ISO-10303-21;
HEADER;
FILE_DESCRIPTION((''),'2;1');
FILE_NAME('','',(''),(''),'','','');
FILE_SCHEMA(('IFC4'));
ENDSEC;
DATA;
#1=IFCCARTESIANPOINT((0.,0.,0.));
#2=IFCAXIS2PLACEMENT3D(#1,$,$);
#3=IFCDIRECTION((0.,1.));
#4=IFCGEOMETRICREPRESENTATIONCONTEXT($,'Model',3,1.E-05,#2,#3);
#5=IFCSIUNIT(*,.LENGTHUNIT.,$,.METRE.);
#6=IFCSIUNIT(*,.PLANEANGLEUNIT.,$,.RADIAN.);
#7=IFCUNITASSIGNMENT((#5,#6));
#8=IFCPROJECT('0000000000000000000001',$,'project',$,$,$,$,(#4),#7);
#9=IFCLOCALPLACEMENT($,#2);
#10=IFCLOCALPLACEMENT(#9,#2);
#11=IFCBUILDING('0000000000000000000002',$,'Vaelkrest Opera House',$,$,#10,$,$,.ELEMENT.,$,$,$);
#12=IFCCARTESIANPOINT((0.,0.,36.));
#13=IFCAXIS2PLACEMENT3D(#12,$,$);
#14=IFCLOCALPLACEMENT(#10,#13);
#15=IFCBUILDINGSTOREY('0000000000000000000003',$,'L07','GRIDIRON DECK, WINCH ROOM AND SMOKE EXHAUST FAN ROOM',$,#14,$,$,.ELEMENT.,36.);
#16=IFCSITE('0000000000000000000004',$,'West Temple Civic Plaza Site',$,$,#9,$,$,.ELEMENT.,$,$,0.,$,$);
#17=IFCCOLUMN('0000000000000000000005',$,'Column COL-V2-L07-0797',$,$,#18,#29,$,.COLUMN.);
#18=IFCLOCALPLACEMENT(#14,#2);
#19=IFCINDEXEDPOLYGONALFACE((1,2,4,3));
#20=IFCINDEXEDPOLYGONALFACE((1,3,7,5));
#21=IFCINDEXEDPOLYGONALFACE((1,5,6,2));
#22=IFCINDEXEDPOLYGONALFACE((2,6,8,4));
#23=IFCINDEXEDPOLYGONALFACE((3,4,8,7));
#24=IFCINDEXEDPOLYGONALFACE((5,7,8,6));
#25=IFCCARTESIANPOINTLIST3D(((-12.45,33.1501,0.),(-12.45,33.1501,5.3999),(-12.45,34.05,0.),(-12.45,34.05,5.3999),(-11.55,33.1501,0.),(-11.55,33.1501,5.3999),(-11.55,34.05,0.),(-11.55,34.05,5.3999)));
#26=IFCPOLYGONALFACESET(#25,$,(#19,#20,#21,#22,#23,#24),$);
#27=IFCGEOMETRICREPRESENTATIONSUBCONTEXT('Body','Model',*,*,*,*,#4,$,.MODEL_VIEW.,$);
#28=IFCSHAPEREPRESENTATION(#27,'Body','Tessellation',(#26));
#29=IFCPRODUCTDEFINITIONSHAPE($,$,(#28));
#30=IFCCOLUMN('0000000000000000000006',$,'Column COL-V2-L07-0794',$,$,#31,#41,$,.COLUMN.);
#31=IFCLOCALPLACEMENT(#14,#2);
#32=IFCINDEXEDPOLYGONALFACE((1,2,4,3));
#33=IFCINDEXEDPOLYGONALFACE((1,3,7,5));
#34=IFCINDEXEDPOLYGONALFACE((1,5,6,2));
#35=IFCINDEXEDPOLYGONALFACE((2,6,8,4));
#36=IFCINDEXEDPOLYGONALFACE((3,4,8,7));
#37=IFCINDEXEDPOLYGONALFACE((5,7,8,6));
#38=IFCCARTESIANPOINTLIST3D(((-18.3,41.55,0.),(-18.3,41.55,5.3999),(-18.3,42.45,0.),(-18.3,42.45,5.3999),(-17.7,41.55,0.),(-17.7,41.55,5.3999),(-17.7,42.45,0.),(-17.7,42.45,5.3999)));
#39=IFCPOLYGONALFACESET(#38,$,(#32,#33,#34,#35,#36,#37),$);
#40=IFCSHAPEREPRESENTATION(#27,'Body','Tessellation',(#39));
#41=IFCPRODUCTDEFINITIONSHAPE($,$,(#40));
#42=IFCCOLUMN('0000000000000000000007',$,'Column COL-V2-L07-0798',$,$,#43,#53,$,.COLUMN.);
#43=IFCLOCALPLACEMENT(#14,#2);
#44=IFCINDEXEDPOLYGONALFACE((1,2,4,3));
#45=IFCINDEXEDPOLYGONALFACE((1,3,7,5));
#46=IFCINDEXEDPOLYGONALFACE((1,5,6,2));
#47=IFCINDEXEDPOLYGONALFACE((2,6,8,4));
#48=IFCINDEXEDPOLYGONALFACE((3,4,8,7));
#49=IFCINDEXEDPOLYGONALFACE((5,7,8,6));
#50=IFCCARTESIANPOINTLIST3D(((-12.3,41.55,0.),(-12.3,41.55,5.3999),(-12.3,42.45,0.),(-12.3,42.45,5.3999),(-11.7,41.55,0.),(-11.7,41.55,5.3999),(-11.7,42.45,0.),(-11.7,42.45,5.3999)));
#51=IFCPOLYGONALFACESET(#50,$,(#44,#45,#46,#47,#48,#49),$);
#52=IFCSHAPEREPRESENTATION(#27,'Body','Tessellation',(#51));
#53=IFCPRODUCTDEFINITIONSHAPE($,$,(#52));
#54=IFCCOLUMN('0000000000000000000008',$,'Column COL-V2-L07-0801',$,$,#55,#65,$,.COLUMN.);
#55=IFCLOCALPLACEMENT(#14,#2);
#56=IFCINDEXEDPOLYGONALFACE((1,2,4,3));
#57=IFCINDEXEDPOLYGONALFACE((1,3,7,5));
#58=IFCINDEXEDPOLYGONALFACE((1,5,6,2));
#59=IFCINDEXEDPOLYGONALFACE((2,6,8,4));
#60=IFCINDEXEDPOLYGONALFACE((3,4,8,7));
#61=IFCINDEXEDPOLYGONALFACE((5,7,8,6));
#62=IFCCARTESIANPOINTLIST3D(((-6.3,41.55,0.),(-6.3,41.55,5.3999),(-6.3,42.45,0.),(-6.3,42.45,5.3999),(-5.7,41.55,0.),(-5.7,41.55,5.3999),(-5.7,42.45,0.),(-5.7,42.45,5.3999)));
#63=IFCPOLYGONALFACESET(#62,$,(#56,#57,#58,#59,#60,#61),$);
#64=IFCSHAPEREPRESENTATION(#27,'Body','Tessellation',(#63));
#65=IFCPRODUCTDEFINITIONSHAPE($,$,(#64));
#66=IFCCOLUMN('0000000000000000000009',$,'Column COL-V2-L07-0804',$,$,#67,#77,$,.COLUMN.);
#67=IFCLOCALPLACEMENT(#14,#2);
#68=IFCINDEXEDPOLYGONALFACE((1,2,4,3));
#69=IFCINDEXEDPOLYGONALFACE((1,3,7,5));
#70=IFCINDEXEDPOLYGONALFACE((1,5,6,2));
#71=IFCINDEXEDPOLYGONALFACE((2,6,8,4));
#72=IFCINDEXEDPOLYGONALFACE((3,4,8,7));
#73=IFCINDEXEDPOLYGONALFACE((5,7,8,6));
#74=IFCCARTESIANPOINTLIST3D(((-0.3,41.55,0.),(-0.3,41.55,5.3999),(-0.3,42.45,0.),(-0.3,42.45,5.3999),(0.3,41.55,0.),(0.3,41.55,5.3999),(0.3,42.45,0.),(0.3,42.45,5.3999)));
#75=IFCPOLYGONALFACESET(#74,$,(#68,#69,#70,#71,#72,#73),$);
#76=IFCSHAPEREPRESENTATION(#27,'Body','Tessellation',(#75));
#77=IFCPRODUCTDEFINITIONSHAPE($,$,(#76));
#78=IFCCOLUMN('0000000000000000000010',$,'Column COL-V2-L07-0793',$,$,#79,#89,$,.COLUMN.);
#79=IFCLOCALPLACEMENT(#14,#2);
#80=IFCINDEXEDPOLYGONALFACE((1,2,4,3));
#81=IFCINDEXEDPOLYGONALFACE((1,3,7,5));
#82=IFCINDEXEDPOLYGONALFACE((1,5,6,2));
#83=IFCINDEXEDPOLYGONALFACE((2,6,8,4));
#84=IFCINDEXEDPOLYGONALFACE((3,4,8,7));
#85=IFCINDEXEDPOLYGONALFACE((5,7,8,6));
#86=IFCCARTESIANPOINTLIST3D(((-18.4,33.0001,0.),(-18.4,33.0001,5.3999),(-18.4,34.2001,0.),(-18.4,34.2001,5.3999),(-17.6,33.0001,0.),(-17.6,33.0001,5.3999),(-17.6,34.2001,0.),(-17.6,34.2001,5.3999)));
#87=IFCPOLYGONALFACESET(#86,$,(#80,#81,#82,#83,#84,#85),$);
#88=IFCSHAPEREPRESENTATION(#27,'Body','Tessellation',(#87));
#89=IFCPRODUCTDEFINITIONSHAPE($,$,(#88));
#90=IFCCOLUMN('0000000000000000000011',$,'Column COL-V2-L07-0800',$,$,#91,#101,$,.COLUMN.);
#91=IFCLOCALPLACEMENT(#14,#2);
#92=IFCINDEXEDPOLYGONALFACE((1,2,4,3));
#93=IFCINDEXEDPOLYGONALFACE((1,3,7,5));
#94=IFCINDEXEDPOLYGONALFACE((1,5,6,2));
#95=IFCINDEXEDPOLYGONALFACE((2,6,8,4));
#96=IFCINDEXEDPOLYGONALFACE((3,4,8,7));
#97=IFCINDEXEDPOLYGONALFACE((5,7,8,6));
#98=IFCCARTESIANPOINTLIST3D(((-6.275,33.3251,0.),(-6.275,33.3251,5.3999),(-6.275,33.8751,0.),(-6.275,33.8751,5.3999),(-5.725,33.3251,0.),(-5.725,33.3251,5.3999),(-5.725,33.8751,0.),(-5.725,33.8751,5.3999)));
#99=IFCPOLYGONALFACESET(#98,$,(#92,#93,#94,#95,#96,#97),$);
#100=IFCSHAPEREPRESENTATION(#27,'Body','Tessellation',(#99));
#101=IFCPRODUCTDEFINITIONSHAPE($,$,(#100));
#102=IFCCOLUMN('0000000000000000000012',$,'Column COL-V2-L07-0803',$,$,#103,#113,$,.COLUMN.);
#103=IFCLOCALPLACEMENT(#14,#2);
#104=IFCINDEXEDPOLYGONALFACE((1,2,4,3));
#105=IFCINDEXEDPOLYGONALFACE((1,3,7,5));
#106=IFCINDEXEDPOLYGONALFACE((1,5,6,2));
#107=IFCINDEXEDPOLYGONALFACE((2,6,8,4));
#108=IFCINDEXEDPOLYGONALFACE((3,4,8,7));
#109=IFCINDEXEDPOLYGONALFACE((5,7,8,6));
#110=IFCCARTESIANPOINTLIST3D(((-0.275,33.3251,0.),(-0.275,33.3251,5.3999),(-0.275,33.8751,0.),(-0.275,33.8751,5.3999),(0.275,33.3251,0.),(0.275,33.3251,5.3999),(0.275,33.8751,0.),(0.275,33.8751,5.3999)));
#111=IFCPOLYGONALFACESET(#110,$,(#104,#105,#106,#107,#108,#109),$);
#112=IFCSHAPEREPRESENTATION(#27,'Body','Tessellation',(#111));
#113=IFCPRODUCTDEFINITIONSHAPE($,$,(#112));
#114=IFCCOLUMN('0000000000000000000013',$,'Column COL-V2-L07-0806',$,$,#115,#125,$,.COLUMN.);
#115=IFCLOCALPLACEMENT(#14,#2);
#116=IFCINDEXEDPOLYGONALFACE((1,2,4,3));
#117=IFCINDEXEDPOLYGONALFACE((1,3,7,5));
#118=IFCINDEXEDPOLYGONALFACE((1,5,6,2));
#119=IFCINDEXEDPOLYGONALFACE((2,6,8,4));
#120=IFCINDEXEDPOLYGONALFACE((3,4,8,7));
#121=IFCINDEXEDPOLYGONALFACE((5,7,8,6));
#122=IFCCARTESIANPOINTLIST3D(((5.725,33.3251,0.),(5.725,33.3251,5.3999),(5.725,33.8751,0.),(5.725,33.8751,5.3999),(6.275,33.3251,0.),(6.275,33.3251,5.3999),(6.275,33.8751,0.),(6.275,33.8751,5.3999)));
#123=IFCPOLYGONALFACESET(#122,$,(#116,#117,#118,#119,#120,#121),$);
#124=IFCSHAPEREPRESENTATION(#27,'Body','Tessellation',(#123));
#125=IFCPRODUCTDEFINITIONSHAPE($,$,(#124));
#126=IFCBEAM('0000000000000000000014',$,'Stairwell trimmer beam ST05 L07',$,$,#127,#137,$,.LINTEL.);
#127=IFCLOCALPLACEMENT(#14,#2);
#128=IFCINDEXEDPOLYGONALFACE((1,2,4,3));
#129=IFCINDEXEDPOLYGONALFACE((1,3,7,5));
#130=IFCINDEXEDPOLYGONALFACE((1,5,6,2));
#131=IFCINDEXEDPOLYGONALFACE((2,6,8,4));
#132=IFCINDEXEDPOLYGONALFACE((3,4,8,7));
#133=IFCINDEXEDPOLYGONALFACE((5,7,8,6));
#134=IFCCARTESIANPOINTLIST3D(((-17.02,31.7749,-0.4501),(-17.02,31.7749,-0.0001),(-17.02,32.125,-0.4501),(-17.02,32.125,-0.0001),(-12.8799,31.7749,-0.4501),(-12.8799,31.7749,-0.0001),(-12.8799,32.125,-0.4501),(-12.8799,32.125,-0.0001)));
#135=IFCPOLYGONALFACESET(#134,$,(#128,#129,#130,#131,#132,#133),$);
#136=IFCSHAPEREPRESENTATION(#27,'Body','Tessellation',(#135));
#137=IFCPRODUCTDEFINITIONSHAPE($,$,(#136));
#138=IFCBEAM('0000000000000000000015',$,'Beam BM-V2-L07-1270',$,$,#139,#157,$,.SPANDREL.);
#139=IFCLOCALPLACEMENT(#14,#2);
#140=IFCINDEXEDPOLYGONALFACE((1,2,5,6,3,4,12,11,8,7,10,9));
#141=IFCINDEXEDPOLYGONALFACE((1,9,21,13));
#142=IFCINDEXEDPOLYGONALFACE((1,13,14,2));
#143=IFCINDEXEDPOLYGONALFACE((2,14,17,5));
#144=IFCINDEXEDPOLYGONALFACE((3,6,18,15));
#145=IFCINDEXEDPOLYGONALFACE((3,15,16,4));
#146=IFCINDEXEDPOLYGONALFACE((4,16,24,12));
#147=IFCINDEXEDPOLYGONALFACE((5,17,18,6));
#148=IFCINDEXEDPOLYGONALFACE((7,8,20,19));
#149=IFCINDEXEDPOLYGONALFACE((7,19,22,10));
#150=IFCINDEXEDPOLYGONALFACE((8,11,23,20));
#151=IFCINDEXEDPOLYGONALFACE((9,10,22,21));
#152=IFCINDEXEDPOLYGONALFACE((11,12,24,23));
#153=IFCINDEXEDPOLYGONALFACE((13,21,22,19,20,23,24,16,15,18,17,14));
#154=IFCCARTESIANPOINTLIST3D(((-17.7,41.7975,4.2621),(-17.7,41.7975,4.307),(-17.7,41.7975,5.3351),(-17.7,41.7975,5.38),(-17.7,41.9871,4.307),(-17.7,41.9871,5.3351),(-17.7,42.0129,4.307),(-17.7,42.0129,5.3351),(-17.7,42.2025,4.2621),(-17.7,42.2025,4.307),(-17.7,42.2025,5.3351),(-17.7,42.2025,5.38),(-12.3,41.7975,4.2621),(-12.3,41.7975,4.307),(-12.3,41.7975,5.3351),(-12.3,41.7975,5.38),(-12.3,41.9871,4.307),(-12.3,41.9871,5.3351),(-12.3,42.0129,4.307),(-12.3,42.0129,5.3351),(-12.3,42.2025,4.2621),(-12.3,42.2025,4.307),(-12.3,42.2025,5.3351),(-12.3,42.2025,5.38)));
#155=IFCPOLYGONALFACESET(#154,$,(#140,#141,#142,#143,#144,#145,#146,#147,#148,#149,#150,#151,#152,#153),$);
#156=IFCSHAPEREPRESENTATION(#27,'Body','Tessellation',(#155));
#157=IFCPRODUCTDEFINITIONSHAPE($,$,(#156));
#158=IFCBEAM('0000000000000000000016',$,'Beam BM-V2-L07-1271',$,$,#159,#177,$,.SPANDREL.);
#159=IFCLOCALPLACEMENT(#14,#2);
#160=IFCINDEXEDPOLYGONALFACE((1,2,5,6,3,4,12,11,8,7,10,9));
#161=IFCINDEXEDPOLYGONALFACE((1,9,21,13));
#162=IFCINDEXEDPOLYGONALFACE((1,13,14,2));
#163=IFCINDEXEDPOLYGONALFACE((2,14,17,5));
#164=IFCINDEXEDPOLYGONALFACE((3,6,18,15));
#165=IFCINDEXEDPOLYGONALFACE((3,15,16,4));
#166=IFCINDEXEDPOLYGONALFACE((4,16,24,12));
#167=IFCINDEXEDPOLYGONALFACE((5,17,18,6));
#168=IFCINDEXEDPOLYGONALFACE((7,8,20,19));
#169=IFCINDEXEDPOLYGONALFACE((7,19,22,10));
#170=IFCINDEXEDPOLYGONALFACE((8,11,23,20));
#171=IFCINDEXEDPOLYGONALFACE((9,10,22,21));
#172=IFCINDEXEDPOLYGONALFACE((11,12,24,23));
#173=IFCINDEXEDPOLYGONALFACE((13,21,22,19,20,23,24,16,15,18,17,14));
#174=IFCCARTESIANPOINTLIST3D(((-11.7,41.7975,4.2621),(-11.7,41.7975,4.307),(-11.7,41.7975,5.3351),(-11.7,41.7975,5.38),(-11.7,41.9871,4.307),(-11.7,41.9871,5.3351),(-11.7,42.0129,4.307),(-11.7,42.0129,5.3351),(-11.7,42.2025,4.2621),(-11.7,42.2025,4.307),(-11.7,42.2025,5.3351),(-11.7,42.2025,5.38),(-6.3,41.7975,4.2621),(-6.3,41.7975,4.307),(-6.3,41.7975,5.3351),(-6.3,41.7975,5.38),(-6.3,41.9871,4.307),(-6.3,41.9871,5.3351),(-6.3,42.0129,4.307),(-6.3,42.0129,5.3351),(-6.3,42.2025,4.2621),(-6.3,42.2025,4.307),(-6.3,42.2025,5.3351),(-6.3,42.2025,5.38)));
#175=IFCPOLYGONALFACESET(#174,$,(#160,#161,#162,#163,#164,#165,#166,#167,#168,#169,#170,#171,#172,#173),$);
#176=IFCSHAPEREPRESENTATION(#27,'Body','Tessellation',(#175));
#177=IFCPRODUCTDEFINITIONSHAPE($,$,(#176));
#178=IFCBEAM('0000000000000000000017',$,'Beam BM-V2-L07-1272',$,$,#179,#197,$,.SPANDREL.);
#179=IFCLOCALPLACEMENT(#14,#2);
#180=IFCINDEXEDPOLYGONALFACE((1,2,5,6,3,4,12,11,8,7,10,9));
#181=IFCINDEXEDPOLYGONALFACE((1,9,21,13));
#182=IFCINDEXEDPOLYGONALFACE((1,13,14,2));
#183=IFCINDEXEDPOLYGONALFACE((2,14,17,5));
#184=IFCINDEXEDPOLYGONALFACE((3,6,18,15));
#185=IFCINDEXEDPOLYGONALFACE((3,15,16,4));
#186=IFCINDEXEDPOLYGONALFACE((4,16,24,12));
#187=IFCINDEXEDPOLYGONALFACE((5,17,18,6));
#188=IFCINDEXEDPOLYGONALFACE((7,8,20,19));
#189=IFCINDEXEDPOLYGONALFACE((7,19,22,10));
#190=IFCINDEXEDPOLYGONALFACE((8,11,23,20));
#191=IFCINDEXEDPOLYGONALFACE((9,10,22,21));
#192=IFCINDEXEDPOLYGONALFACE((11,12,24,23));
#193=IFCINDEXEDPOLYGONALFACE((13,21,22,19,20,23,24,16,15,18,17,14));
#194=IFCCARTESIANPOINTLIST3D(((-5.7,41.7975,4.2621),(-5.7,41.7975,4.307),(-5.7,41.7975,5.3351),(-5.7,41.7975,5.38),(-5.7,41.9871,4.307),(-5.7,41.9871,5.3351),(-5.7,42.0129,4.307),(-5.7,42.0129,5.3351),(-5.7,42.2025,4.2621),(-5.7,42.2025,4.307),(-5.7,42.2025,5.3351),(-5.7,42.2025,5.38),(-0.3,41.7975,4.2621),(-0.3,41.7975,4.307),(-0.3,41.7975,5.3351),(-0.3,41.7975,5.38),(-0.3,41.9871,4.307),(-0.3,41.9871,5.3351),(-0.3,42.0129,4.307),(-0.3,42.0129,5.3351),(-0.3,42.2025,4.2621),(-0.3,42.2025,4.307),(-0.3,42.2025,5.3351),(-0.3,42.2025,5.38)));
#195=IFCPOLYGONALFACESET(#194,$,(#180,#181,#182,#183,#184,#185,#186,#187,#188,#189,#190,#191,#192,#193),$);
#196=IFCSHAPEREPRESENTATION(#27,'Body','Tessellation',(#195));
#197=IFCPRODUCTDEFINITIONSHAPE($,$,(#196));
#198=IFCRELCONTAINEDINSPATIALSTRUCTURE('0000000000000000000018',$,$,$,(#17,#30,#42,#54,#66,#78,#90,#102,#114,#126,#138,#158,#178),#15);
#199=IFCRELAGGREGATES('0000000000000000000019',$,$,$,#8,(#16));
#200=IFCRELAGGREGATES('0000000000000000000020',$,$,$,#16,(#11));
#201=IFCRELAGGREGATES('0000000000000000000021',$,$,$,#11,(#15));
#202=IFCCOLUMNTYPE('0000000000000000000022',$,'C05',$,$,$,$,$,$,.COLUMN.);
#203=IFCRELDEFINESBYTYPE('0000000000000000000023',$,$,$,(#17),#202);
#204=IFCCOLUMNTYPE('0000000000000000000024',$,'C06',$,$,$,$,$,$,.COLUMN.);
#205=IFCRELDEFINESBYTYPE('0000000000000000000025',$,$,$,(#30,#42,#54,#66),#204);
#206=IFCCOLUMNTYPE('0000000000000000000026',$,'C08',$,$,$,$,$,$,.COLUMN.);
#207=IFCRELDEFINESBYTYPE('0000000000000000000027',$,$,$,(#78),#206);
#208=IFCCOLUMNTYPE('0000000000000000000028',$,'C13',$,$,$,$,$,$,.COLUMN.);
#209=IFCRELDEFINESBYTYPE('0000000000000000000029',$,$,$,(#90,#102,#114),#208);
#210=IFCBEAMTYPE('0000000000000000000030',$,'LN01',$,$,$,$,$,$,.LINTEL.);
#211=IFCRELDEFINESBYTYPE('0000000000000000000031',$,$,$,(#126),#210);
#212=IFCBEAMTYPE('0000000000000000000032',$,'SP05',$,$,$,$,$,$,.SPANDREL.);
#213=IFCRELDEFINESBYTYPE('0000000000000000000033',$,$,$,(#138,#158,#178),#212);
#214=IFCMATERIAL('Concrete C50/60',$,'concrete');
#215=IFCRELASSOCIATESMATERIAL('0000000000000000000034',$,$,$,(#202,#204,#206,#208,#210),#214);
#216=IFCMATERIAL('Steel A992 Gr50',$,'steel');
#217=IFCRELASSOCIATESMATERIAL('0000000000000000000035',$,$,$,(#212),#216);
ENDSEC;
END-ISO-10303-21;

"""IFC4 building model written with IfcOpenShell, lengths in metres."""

from ifc_helpers import new_model, si_unit, direction, frame, origin, origin_2d, place, context, subcontext, project, spatial, rectangle, i_section, extrude, material, material_profile, profile_set, type_object, element, save


model = new_model("IFC4")

# Units and contexts
model_context = context("Model", 3, precision=1e-05, world=origin(), true_north=direction((0.0, 1.0)))
body_context = subcontext(model_context, "Body", "Model", "MODEL_VIEW")
ifc_project = project(units=[si_unit("LENGTHUNIT", "METRE"), si_unit("PLANEANGLEUNIT", "RADIAN")], contexts=[model_context])

# Site, building, storey
site_placement = place(None, origin())
site = spatial("IfcSite", under=ifc_project, at=site_placement, Name="West Temple Civic Plaza Site", CompositionType="ELEMENT", RefElevation=0.0)
building_placement = place(site_placement, origin())
building = spatial("IfcBuilding", under=site, at=building_placement, Name="Vaelkrest Opera House", CompositionType="ELEMENT")
storey_placement = place(building_placement, frame((0.0, 0.0, 36.0)))
storey = spatial("IfcBuildingStorey", under=building, at=storey_placement, Name="L07", Description="GRIDIRON DECK, WINCH ROOM AND SMOKE EXHAUST FAN ROOM", CompositionType="ELEMENT", Elevation=36.0)

# Columns
ifc_material_1 = material(Name="Concrete C50/60", Category="concrete")
ifc_material_profile_1 = material_profile(ifc_material_1, rectangle(XDim=0.8999, YDim=0.8999, at=origin_2d()), Name="RC900X900")
ifc_profile_set_1 = profile_set([ifc_material_profile_1], Name="Concrete C50/60")
column_type_1 = type_object("IfcColumnType", Name="C05", PredefinedType="COLUMN", material=ifc_profile_set_1)
column_1_placement = place(storey_placement, frame((-12.0, 33.6001, 0.0), z_axis=(0.0, 0.0, 1.0), x_axis=(1.0, 0.0, 0.0)))
element("IfcColumn", 1, at=column_1_placement, inside=storey, type_object=column_type_1, Name="Column COL-V2-L07-0797", PredefinedType="COLUMN", context=body_context, shape_type="SweptSolid", body=[
    extrude(rectangle(XDim=0.8999, YDim=0.8999, at=origin_2d()), origin(), (0.0, 0.0, 1.0), 5.3999),
])
ifc_material_profile_2 = material_profile(ifc_material_1, rectangle(XDim=0.6001, YDim=0.8999, at=origin_2d()), Name="RC600X900")
ifc_profile_set_2 = profile_set([ifc_material_profile_2], Name="Concrete C50/60")
column_type_2 = type_object("IfcColumnType", Name="C06", PredefinedType="COLUMN", material=ifc_profile_set_2)
for number, where, z_axis, x_axis, name in (
    (2, (-18.0, 42.0, 0.0), (0.0, 0.0, 1.0), (1.0, 0.0, 0.0), "Column COL-V2-L07-0794"),
    (3, (-12.0, 42.0, 0.0), (0.0, 0.0, 1.0), (1.0, 0.0, 0.0), "Column COL-V2-L07-0798"),
    (4, (-6.0, 42.0, 0.0), (0.0, 0.0, 1.0), (1.0, 0.0, 0.0), "Column COL-V2-L07-0801"),
    (5, (0.0, 42.0, 0.0), (0.0, 0.0, 1.0), (1.0, 0.0, 0.0), "Column COL-V2-L07-0804"),
):
    element("IfcColumn", number, at=place(storey_placement, frame(where, z_axis=z_axis, x_axis=x_axis)), inside=storey, type_object=column_type_2, Name=name, PredefinedType="COLUMN", context=body_context, shape_type="SweptSolid", body=[
        extrude(rectangle(XDim=0.6001, YDim=0.8999, at=origin_2d()), origin(), (0.0, 0.0, 1.0), 5.3999),
    ])
ifc_material_profile_3 = material_profile(ifc_material_1, rectangle(XDim=0.8, YDim=1.2, at=origin_2d()), Name="RC800X1200")
ifc_profile_set_3 = profile_set([ifc_material_profile_3], Name="Concrete C50/60")
column_type_3 = type_object("IfcColumnType", Name="C08", PredefinedType="COLUMN", material=ifc_profile_set_3)
column_2_placement = place(storey_placement, frame((-18.0, 33.6001, 0.0), z_axis=(0.0, 0.0, 1.0), x_axis=(1.0, 0.0, 0.0)))
element("IfcColumn", 6, at=column_2_placement, inside=storey, type_object=column_type_3, Name="Column COL-V2-L07-0793", PredefinedType="COLUMN", context=body_context, shape_type="SweptSolid", body=[
    extrude(rectangle(XDim=0.8, YDim=1.2, at=origin_2d()), origin(), (0.0, 0.0, 1.0), 5.3999),
])
ifc_material_profile_4 = material_profile(ifc_material_1, rectangle(XDim=0.55, YDim=0.55, at=origin_2d()), Name="RC550X550")
ifc_profile_set_4 = profile_set([ifc_material_profile_4], Name="Concrete C50/60")
column_type_4 = type_object("IfcColumnType", Name="C13", PredefinedType="COLUMN", material=ifc_profile_set_4)
for number, where, z_axis, x_axis, name in (
    (7, (-6.0, 33.6001, 0.0), (0.0, 0.0, 1.0), (1.0, 0.0, 0.0), "Column COL-V2-L07-0800"),
    (8, (0.0, 33.6001, 0.0), (0.0, 0.0, 1.0), (1.0, 0.0, 0.0), "Column COL-V2-L07-0803"),
    (9, (6.0, 33.6001, 0.0), (0.0, 0.0, 1.0), (1.0, 0.0, 0.0), "Column COL-V2-L07-0806"),
):
    element("IfcColumn", number, at=place(storey_placement, frame(where, z_axis=z_axis, x_axis=x_axis)), inside=storey, type_object=column_type_4, Name=name, PredefinedType="COLUMN", context=body_context, shape_type="SweptSolid", body=[
        extrude(rectangle(XDim=0.55, YDim=0.55, at=origin_2d()), origin(), (0.0, 0.0, 1.0), 5.3999),
    ])

# Beams
ifc_material_profile_5 = material_profile(ifc_material_1, rectangle(XDim=0.3501, YDim=0.45, at=origin_2d()), Name="RCB350X450")
ifc_profile_set_5 = profile_set([ifc_material_profile_5], Name="Concrete C50/60")
beam_type_1 = type_object("IfcBeamType", Name="LN01", PredefinedType="LINTEL", material=ifc_profile_set_5)
beam_placement = place(storey_placement, frame((-17.02, 31.95, -0.2251), z_axis=(1.0, 0.0, 0.0), x_axis=(0.0, 1.0, 0.0)))
element("IfcBeam", 10, at=beam_placement, inside=storey, type_object=beam_type_1, Name="Stairwell trimmer beam ST05 L07", PredefinedType="LINTEL", context=body_context, shape_type="SweptSolid", body=[
    extrude(rectangle(XDim=0.3501, YDim=0.45, at=origin_2d()), origin(), (0.0, 0.0, 1.0), 4.1401),
])
ifc_material_2 = material(Name="Steel A992 Gr50", Category="steel")
ifc_material_profile_6 = material_profile(ifc_material_2, i_section(OverallWidth=0.405, OverallDepth=1.1179, WebThickness=0.0259, FlangeThickness=0.0449, at=origin_2d()), Name="W44X335")
ifc_profile_set_6 = profile_set([ifc_material_profile_6], Name="Steel A992 Gr50")
beam_type_2 = type_object("IfcBeamType", Name="SP05", PredefinedType="SPANDREL", material=ifc_profile_set_6)
for number, where, z_axis, x_axis, name in (
    (11, (-17.7, 42.0, 4.821), (1.0, 0.0, 0.0), (0.0, 1.0, 0.0), "Beam BM-V2-L07-1270"),
    (12, (-11.7, 42.0, 4.821), (1.0, 0.0, 0.0), (0.0, 1.0, 0.0), "Beam BM-V2-L07-1271"),
    (13, (-5.7, 42.0, 4.821), (1.0, 0.0, 0.0), (0.0, 1.0, 0.0), "Beam BM-V2-L07-1272"),
):
    element("IfcBeam", number, at=place(storey_placement, frame(where, z_axis=z_axis, x_axis=x_axis)), inside=storey, type_object=beam_type_2, Name=name, PredefinedType="SPANDREL", context=body_context, shape_type="SweptSolid", body=[
        extrude(i_section(OverallWidth=0.405, OverallDepth=1.1179, WebThickness=0.0259, FlangeThickness=0.0449, at=origin_2d()), origin(), (0.0, 0.0, 1.0), 5.3999),
    ])

save(model, "model.ifc")
